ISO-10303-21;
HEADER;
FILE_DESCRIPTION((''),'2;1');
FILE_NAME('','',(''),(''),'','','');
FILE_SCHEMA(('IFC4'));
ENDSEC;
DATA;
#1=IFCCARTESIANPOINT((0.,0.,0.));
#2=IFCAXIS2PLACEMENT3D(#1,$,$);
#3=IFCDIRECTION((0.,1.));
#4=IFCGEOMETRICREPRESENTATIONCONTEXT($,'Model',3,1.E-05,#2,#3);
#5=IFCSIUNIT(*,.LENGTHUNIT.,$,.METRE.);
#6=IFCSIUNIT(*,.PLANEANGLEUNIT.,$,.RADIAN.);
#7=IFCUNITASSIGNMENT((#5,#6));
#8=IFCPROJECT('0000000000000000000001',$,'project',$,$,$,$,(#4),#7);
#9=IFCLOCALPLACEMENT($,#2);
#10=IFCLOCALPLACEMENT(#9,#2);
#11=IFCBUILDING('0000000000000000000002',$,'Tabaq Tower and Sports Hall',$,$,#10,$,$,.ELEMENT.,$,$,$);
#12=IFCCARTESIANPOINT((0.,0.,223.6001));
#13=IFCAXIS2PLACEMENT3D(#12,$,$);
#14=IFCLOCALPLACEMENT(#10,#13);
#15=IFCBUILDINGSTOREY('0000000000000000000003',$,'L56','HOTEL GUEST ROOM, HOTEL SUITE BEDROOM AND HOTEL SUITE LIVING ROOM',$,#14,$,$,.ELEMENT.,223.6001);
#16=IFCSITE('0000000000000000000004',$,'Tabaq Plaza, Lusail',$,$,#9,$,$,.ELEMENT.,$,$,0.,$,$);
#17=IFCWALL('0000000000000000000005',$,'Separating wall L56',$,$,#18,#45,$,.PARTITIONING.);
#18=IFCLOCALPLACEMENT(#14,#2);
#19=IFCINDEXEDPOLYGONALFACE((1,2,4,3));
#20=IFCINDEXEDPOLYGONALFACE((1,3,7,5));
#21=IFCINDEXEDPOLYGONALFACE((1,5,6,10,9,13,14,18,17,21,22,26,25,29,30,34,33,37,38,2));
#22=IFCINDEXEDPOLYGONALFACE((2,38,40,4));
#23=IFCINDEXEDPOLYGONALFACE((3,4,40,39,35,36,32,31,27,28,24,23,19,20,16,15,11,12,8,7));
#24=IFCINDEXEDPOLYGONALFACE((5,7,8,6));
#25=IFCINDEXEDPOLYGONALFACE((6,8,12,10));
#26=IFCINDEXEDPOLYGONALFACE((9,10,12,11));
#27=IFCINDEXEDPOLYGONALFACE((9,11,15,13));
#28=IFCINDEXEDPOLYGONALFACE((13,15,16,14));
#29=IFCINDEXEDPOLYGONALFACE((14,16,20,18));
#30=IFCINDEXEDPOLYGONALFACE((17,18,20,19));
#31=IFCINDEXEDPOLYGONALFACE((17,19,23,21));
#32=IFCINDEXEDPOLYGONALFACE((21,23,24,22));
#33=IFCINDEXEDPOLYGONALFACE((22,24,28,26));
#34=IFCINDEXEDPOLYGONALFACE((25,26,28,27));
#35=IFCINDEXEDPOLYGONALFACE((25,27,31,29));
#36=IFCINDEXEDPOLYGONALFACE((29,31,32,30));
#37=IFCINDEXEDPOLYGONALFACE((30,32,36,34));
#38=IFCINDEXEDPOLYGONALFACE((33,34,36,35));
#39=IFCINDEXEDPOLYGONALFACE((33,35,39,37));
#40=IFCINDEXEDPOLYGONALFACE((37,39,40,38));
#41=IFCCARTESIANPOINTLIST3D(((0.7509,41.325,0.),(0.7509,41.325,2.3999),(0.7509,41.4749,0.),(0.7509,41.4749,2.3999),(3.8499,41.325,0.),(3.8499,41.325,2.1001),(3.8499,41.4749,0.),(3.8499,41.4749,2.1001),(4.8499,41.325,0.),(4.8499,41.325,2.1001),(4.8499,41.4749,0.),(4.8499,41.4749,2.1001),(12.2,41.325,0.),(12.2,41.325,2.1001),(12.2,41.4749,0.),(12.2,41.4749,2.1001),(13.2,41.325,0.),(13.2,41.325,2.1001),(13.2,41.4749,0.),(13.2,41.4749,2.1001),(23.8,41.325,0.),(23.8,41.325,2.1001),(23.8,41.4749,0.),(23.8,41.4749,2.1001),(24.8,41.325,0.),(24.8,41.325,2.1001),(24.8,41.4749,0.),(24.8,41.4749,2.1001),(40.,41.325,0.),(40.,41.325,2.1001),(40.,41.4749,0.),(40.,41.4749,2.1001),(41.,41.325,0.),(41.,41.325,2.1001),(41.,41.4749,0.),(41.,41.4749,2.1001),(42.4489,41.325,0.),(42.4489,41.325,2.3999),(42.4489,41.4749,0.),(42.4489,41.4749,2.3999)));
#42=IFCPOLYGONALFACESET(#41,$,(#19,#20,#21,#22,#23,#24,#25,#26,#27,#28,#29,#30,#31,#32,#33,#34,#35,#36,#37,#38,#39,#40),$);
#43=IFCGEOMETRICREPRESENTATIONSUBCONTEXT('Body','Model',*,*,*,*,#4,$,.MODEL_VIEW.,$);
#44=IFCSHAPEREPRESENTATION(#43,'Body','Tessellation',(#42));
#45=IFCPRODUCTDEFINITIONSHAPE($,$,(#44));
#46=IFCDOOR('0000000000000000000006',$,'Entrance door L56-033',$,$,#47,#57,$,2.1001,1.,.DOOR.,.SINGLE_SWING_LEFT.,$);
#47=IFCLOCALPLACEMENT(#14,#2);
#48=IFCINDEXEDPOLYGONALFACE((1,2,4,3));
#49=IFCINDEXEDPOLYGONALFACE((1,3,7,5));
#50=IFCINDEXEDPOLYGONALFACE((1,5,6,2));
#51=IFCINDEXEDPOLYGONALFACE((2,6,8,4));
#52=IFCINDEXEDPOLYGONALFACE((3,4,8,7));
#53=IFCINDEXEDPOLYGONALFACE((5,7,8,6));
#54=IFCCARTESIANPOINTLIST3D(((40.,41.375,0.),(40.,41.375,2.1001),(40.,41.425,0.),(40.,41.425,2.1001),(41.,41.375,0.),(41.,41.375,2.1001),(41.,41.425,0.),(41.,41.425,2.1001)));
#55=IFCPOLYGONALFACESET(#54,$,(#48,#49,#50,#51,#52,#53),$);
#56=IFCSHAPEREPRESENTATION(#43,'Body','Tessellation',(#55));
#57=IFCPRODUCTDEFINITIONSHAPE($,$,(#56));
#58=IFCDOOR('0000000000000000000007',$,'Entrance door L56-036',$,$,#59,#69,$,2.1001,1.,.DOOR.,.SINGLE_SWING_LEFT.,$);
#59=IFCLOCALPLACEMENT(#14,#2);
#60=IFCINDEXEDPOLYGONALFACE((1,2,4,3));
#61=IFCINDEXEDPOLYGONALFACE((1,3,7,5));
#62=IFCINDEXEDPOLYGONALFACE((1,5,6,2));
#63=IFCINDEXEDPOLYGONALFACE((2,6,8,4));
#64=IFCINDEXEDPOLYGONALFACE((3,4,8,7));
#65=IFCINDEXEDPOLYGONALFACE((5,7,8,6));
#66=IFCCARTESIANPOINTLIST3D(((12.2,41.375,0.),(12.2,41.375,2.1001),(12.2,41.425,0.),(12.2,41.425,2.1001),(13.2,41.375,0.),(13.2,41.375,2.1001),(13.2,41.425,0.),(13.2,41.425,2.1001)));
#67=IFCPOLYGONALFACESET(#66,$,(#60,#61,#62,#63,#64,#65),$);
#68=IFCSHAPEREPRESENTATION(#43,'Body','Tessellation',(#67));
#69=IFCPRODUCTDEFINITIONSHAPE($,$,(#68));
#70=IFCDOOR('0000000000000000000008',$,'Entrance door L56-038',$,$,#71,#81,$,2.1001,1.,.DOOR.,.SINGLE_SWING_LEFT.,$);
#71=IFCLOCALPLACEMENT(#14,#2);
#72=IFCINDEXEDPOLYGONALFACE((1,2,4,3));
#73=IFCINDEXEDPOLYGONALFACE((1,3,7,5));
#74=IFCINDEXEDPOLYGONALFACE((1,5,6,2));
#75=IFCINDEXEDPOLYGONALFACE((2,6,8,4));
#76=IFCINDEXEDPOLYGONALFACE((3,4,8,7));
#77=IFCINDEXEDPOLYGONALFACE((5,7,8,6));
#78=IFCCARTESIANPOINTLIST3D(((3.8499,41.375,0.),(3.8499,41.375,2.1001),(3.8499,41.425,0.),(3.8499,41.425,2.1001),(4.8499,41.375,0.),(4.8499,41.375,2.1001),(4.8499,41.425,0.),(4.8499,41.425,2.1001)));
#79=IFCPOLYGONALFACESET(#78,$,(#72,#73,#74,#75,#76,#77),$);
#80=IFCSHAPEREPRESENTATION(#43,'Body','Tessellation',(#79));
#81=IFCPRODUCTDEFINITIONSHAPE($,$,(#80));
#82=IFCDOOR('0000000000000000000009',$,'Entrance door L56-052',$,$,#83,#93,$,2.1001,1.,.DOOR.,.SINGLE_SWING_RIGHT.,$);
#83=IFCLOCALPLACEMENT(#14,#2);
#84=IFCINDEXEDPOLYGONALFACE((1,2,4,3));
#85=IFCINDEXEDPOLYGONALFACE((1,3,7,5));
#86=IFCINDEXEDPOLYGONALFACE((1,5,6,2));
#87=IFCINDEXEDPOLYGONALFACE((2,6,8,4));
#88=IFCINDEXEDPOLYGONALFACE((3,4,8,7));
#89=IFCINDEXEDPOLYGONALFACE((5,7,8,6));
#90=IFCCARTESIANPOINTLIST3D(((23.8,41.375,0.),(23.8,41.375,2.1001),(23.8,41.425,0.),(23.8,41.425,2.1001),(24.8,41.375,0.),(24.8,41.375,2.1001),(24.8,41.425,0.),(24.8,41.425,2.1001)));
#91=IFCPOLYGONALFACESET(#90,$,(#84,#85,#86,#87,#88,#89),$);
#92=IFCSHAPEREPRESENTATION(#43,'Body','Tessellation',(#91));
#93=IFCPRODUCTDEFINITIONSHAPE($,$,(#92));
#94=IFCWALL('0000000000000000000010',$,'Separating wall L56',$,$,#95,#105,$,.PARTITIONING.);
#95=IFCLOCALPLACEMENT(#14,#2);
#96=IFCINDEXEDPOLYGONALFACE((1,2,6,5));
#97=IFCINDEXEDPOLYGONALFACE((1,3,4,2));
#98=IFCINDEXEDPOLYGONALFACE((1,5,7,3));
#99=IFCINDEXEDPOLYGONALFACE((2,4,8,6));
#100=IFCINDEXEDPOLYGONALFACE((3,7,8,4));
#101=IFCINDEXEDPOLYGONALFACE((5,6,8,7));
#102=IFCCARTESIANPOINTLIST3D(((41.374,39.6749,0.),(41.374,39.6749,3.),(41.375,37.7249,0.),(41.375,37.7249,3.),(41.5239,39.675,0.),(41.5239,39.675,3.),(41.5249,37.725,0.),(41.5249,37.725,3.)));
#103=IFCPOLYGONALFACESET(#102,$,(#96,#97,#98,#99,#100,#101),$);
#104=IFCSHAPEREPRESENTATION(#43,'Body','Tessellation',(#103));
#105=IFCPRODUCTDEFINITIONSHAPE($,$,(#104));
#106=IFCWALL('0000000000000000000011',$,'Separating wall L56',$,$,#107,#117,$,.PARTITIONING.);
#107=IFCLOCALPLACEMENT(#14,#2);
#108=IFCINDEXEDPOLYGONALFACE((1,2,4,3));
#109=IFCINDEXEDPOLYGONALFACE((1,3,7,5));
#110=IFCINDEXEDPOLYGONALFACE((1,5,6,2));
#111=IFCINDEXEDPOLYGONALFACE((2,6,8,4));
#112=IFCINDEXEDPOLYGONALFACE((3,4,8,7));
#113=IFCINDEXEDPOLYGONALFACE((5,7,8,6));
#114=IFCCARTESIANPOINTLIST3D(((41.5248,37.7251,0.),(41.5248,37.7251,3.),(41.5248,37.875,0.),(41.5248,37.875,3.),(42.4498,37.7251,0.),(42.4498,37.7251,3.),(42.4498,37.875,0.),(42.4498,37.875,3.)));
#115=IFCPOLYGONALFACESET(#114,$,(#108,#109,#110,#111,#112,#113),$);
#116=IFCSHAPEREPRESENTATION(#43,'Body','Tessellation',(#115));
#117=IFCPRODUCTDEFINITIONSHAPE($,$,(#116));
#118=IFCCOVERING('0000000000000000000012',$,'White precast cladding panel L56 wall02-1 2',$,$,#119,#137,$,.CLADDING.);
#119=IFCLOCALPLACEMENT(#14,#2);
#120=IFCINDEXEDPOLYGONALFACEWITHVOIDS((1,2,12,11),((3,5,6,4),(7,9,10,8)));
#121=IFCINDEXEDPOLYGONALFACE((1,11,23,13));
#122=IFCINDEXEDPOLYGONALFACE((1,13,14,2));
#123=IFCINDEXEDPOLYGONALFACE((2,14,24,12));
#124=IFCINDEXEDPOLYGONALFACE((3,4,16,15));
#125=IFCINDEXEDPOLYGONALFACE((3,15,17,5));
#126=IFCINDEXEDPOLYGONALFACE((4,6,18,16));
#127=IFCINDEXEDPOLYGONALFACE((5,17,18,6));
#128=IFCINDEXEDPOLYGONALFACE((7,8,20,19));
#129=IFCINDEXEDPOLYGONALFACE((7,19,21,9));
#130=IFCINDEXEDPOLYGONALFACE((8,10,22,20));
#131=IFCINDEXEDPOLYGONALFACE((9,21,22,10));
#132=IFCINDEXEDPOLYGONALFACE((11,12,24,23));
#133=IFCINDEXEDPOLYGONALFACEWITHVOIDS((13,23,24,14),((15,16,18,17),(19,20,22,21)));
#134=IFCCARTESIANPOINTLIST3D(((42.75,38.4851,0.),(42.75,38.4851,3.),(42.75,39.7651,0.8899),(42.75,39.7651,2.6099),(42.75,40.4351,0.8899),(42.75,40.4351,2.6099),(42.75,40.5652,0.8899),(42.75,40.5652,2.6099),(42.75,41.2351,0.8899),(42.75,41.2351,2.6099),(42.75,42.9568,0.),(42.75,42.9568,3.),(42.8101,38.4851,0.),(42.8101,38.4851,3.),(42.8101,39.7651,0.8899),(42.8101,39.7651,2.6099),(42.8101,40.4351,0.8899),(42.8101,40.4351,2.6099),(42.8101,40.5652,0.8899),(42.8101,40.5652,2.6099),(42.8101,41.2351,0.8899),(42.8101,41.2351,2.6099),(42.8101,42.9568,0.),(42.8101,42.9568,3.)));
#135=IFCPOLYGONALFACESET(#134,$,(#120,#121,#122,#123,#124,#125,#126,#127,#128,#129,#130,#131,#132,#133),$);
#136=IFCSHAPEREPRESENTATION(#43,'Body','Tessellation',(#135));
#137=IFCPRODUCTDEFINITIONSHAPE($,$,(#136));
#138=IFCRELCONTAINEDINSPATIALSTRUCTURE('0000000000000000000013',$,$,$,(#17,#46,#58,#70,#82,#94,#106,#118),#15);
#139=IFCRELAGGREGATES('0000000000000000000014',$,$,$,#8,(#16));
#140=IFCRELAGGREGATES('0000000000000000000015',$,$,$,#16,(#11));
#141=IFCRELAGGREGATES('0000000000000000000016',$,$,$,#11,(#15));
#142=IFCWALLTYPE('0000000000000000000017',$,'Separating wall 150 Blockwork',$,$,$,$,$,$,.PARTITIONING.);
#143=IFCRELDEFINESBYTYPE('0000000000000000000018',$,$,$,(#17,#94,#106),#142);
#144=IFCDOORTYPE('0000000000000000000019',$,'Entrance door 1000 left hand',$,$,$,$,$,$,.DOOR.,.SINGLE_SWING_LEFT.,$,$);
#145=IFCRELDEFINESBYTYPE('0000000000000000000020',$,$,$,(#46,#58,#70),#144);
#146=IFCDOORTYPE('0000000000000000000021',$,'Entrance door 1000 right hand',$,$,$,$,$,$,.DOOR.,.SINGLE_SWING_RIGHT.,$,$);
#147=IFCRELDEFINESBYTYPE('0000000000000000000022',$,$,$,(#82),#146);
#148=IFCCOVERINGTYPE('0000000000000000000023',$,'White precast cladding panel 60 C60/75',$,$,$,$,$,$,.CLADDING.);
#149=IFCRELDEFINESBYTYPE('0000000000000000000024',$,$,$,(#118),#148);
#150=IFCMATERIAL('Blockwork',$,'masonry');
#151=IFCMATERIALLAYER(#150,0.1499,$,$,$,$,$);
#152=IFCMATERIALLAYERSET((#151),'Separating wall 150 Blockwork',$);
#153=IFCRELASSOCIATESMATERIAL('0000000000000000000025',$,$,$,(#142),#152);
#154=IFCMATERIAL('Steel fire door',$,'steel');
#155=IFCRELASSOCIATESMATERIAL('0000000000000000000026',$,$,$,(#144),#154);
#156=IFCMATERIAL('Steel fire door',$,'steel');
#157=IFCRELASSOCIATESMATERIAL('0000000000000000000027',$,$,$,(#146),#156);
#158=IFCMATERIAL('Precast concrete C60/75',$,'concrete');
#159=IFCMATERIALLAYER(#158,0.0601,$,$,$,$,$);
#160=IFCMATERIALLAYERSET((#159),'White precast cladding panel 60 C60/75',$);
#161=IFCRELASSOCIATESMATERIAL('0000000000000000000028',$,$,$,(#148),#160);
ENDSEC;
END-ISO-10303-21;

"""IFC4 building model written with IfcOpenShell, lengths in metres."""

from ifc_helpers import new_model, si_unit, direction, frame, frame_2d, origin, place, context, subcontext, project, spatial, polyline, rectangle, outline, extrude, material, layer, layer_set, type_object, element, fill, save


model = new_model("IFC4")

# Units and contexts
model_context = context("Model", 3, precision=1e-05, world=origin(), true_north=direction((0.0, 1.0)))
body_context = subcontext(model_context, "Body", "Model", "MODEL_VIEW")
ifc_project = project(units=[si_unit("LENGTHUNIT", "METRE"), si_unit("PLANEANGLEUNIT", "RADIAN")], contexts=[model_context])

# Site, building, storey
site_placement = place(None, origin())
site = spatial("IfcSite", under=ifc_project, at=site_placement, Name="Tabaq Plaza, Lusail", CompositionType="ELEMENT", RefElevation=0.0)
building_placement = place(site_placement, origin())
building = spatial("IfcBuilding", under=site, at=building_placement, Name="Tabaq Tower and Sports Hall", CompositionType="ELEMENT")
storey_placement = place(building_placement, frame((0.0, 0.0, 223.6001)))
storey = spatial("IfcBuildingStorey", under=building, at=storey_placement, Name="L56", Description="HOTEL GUEST ROOM, HOTEL SUITE BEDROOM AND HOTEL SUITE LIVING ROOM", CompositionType="ELEMENT", Elevation=223.6001)

# Shared definitions
ifc_material_1 = material(Name="Blockwork", Category="masonry")
ifc_layer_1 = layer(ifc_material_1, 0.1499)
ifc_layer_set_1 = layer_set([ifc_layer_1], Name="Separating wall 150 Blockwork")
wall_type_1 = type_object("IfcWallType", Name="Separating wall 150 Blockwork", PredefinedType="PARTITIONING", material=ifc_layer_set_1)

# Wall, openings, doors
wall_1_placement = place(storey_placement, frame((42.449, 41.3999, 0.0), z_axis=(0.0, 0.0, 1.0), x_axis=(-1.0, 0.0, 0.0)))
wall_1 = element("IfcWall", 1, at=wall_1_placement, inside=storey, type_object=wall_type_1, Name="Separating wall L56", PredefinedType="PARTITIONING", context=body_context, shape_type="SweptSolid", body=[
    extrude(rectangle(XDim=41.698, YDim=0.1499, at=frame_2d((20.8491, 0.0))), origin(), (0.0, 0.0, 1.0), 2.3999),
])
opening_1_placement = place(wall_1_placement, frame((1.449, 0.0, 0.0)))
opening_1 = element("IfcOpeningElement", 2, at=opening_1_placement, cuts=wall_1, PredefinedType="OPENING", context=body_context, shape_type="SweptSolid", body=[
    extrude(rectangle(XDim=1.0, YDim=2.1001, at=frame_2d((0.5, 1.05))), frame((0.0, 0.075, 0.0), z_axis=(0.0, -1.0, 0.0), x_axis=(1.0, 0.0, 0.0)), (0.0, 0.0, 1.0), 0.1499),
])
opening_2_placement = place(wall_1_placement, frame((29.249, 0.0, 0.0)))
opening_2 = element("IfcOpeningElement", 3, at=opening_2_placement, cuts=wall_1, PredefinedType="OPENING", context=body_context, shape_type="SweptSolid", body=[
    extrude(rectangle(XDim=1.0, YDim=2.1001, at=frame_2d((0.5, 1.05))), frame((0.0, 0.075, 0.0), z_axis=(0.0, -1.0, 0.0), x_axis=(1.0, 0.0, 0.0)), (0.0, 0.0, 1.0), 0.1499),
])
opening_3_placement = place(wall_1_placement, frame((37.5991, 0.0, 0.0)))
opening_3 = element("IfcOpeningElement", 4, at=opening_3_placement, cuts=wall_1, PredefinedType="OPENING", context=body_context, shape_type="SweptSolid", body=[
    extrude(rectangle(XDim=1.0, YDim=2.1001, at=frame_2d((0.5, 1.05))), frame((0.0, 0.075, 0.0), z_axis=(0.0, -1.0, 0.0), x_axis=(1.0, 0.0, 0.0)), (0.0, 0.0, 1.0), 0.1499),
])
opening_4_placement = place(wall_1_placement, frame((17.6489, 0.0, 0.0)))
opening_4 = element("IfcOpeningElement", 5, at=opening_4_placement, cuts=wall_1, PredefinedType="OPENING", context=body_context, shape_type="SweptSolid", body=[
    extrude(rectangle(XDim=1.0, YDim=2.1001, at=frame_2d((0.5, 1.05))), frame((0.0, 0.075, 0.0), z_axis=(0.0, -1.0, 0.0), x_axis=(1.0, 0.0, 0.0)), (0.0, 0.0, 1.0), 0.1499),
])
ifc_material_2 = material(Name="Steel fire door", Category="steel")
door_type_1 = type_object("IfcDoorType", Name="Entrance door 1000 left hand", OperationType="SINGLE_SWING_LEFT", PredefinedType="DOOR", material=ifc_material_2)
door_1_placement = place(opening_1_placement, origin())
door_1 = element("IfcDoor", 6, at=door_1_placement, inside=storey, type_object=door_type_1, Name="Entrance door L56-033", OperationType="SINGLE_SWING_LEFT", OverallHeight=2.1001, OverallWidth=1.0, PredefinedType="DOOR", context=body_context, shape_type="SweptSolid", body=[
    extrude(rectangle(XDim=1.0, YDim=2.1001, at=frame_2d((0.5, 1.05))), frame((0.0, 0.0249, 0.0), z_axis=(0.0, -1.0, 0.0), x_axis=(1.0, 0.0, 0.0)), (0.0, 0.0, 1.0), 0.05),
])
fill(opening_1, door_1)
door_2_placement = place(opening_2_placement, origin())
door_2 = element("IfcDoor", 7, at=door_2_placement, inside=storey, type_object=door_type_1, Name="Entrance door L56-036", OperationType="SINGLE_SWING_LEFT", OverallHeight=2.1001, OverallWidth=1.0, PredefinedType="DOOR", context=body_context, shape_type="SweptSolid", body=[
    extrude(rectangle(XDim=1.0, YDim=2.1001, at=frame_2d((0.5, 1.05))), frame((0.0, 0.0249, 0.0), z_axis=(0.0, -1.0, 0.0), x_axis=(1.0, 0.0, 0.0)), (0.0, 0.0, 1.0), 0.05),
])
fill(opening_2, door_2)
door_3_placement = place(opening_3_placement, origin())
door_3 = element("IfcDoor", 8, at=door_3_placement, inside=storey, type_object=door_type_1, Name="Entrance door L56-038", OperationType="SINGLE_SWING_LEFT", OverallHeight=2.1001, OverallWidth=1.0, PredefinedType="DOOR", context=body_context, shape_type="SweptSolid", body=[
    extrude(rectangle(XDim=1.0, YDim=2.1001, at=frame_2d((0.5, 1.05))), frame((0.0, 0.0249, 0.0), z_axis=(0.0, -1.0, 0.0), x_axis=(1.0, 0.0, 0.0)), (0.0, 0.0, 1.0), 0.05),
])
fill(opening_3, door_3)
ifc_material_3 = material(Name="Steel fire door", Category="steel")
door_type_2 = type_object("IfcDoorType", Name="Entrance door 1000 right hand", OperationType="SINGLE_SWING_RIGHT", PredefinedType="DOOR", material=ifc_material_3)
door_4_placement = place(opening_4_placement, origin())
door_4 = element("IfcDoor", 9, at=door_4_placement, inside=storey, type_object=door_type_2, Name="Entrance door L56-052", OperationType="SINGLE_SWING_RIGHT", OverallHeight=2.1001, OverallWidth=1.0, PredefinedType="DOOR", context=body_context, shape_type="SweptSolid", body=[
    extrude(rectangle(XDim=1.0, YDim=2.1001, at=frame_2d((0.5, 1.05))), frame((0.0, 0.0249, 0.0), z_axis=(0.0, -1.0, 0.0), x_axis=(1.0, 0.0, 0.0)), (0.0, 0.0, 1.0), 0.05),
])
fill(opening_4, door_4)

# Walls
wall_2_placement = place(storey_placement, frame((41.449, 39.675, 0.0), z_axis=(0.0, 0.0, 1.0), x_axis=(0.000501, -1.0, 0.0)))
element("IfcWall", 10, at=wall_2_placement, inside=storey, type_object=wall_type_1, Name="Separating wall L56", PredefinedType="PARTITIONING", context=body_context, shape_type="SweptSolid", body=[
    extrude(rectangle(XDim=1.95, YDim=0.1499, at=frame_2d((0.9751, 0.0))), origin(), (0.0, 0.0, 1.0), 3.0),
])
wall_3_placement = place(storey_placement, frame((41.5249, 37.8, 0.0), z_axis=(0.0, 0.0, 1.0), x_axis=(1.0, 0.0, 0.0)))
element("IfcWall", 11, at=wall_3_placement, inside=storey, type_object=wall_type_1, Name="Separating wall L56", PredefinedType="PARTITIONING", context=body_context, shape_type="SweptSolid", body=[
    extrude(rectangle(XDim=0.925, YDim=0.1499, at=frame_2d((0.4624, 0.0))), origin(), (0.0, 0.0, 1.0), 3.0),
])

# Covering
ifc_material_4 = material(Name="Precast concrete C60/75", Category="concrete")
ifc_layer_2 = layer(ifc_material_4, 0.0601)
ifc_layer_set_2 = layer_set([ifc_layer_2], Name="White precast cladding panel 60 C60/75")
covering_type = type_object("IfcCoveringType", Name="White precast cladding panel 60 C60/75", PredefinedType="CLADDING", material=ifc_layer_set_2)
covering_placement = place(storey_placement, frame((42.78, 38.4851, 0.0), z_axis=(0.0, 0.0, 1.0), x_axis=(0.0, 1.0, 0.0)))
element("IfcCovering", 12, at=covering_placement, inside=storey, type_object=covering_type, Name="White precast cladding panel L56 wall02-1 2", PredefinedType="CLADDING", context=body_context, shape_type="SweptSolid", body=[
    extrude(outline(polyline([(0.0, 0.0), (4.4717, 0.0), (4.4717, 3.0), (0.0, 3.0), (0.0, 0.0)]), holes=[polyline([(1.28, 2.6099), (1.95, 2.6099), (1.95, 0.8899), (1.28, 0.8899), (1.28, 2.6099)]), polyline([(2.0801, 2.6099), (2.75, 2.6099), (2.75, 0.8899), (2.0801, 0.8899), (2.0801, 2.6099)])]), frame((0.0, 0.03, 0.0), z_axis=(0.0, -1.0, 0.0), x_axis=(1.0, 0.0, 0.0)), (0.0, 0.0, 1.0), 0.0601),
])

save(model, "model.ifc")
